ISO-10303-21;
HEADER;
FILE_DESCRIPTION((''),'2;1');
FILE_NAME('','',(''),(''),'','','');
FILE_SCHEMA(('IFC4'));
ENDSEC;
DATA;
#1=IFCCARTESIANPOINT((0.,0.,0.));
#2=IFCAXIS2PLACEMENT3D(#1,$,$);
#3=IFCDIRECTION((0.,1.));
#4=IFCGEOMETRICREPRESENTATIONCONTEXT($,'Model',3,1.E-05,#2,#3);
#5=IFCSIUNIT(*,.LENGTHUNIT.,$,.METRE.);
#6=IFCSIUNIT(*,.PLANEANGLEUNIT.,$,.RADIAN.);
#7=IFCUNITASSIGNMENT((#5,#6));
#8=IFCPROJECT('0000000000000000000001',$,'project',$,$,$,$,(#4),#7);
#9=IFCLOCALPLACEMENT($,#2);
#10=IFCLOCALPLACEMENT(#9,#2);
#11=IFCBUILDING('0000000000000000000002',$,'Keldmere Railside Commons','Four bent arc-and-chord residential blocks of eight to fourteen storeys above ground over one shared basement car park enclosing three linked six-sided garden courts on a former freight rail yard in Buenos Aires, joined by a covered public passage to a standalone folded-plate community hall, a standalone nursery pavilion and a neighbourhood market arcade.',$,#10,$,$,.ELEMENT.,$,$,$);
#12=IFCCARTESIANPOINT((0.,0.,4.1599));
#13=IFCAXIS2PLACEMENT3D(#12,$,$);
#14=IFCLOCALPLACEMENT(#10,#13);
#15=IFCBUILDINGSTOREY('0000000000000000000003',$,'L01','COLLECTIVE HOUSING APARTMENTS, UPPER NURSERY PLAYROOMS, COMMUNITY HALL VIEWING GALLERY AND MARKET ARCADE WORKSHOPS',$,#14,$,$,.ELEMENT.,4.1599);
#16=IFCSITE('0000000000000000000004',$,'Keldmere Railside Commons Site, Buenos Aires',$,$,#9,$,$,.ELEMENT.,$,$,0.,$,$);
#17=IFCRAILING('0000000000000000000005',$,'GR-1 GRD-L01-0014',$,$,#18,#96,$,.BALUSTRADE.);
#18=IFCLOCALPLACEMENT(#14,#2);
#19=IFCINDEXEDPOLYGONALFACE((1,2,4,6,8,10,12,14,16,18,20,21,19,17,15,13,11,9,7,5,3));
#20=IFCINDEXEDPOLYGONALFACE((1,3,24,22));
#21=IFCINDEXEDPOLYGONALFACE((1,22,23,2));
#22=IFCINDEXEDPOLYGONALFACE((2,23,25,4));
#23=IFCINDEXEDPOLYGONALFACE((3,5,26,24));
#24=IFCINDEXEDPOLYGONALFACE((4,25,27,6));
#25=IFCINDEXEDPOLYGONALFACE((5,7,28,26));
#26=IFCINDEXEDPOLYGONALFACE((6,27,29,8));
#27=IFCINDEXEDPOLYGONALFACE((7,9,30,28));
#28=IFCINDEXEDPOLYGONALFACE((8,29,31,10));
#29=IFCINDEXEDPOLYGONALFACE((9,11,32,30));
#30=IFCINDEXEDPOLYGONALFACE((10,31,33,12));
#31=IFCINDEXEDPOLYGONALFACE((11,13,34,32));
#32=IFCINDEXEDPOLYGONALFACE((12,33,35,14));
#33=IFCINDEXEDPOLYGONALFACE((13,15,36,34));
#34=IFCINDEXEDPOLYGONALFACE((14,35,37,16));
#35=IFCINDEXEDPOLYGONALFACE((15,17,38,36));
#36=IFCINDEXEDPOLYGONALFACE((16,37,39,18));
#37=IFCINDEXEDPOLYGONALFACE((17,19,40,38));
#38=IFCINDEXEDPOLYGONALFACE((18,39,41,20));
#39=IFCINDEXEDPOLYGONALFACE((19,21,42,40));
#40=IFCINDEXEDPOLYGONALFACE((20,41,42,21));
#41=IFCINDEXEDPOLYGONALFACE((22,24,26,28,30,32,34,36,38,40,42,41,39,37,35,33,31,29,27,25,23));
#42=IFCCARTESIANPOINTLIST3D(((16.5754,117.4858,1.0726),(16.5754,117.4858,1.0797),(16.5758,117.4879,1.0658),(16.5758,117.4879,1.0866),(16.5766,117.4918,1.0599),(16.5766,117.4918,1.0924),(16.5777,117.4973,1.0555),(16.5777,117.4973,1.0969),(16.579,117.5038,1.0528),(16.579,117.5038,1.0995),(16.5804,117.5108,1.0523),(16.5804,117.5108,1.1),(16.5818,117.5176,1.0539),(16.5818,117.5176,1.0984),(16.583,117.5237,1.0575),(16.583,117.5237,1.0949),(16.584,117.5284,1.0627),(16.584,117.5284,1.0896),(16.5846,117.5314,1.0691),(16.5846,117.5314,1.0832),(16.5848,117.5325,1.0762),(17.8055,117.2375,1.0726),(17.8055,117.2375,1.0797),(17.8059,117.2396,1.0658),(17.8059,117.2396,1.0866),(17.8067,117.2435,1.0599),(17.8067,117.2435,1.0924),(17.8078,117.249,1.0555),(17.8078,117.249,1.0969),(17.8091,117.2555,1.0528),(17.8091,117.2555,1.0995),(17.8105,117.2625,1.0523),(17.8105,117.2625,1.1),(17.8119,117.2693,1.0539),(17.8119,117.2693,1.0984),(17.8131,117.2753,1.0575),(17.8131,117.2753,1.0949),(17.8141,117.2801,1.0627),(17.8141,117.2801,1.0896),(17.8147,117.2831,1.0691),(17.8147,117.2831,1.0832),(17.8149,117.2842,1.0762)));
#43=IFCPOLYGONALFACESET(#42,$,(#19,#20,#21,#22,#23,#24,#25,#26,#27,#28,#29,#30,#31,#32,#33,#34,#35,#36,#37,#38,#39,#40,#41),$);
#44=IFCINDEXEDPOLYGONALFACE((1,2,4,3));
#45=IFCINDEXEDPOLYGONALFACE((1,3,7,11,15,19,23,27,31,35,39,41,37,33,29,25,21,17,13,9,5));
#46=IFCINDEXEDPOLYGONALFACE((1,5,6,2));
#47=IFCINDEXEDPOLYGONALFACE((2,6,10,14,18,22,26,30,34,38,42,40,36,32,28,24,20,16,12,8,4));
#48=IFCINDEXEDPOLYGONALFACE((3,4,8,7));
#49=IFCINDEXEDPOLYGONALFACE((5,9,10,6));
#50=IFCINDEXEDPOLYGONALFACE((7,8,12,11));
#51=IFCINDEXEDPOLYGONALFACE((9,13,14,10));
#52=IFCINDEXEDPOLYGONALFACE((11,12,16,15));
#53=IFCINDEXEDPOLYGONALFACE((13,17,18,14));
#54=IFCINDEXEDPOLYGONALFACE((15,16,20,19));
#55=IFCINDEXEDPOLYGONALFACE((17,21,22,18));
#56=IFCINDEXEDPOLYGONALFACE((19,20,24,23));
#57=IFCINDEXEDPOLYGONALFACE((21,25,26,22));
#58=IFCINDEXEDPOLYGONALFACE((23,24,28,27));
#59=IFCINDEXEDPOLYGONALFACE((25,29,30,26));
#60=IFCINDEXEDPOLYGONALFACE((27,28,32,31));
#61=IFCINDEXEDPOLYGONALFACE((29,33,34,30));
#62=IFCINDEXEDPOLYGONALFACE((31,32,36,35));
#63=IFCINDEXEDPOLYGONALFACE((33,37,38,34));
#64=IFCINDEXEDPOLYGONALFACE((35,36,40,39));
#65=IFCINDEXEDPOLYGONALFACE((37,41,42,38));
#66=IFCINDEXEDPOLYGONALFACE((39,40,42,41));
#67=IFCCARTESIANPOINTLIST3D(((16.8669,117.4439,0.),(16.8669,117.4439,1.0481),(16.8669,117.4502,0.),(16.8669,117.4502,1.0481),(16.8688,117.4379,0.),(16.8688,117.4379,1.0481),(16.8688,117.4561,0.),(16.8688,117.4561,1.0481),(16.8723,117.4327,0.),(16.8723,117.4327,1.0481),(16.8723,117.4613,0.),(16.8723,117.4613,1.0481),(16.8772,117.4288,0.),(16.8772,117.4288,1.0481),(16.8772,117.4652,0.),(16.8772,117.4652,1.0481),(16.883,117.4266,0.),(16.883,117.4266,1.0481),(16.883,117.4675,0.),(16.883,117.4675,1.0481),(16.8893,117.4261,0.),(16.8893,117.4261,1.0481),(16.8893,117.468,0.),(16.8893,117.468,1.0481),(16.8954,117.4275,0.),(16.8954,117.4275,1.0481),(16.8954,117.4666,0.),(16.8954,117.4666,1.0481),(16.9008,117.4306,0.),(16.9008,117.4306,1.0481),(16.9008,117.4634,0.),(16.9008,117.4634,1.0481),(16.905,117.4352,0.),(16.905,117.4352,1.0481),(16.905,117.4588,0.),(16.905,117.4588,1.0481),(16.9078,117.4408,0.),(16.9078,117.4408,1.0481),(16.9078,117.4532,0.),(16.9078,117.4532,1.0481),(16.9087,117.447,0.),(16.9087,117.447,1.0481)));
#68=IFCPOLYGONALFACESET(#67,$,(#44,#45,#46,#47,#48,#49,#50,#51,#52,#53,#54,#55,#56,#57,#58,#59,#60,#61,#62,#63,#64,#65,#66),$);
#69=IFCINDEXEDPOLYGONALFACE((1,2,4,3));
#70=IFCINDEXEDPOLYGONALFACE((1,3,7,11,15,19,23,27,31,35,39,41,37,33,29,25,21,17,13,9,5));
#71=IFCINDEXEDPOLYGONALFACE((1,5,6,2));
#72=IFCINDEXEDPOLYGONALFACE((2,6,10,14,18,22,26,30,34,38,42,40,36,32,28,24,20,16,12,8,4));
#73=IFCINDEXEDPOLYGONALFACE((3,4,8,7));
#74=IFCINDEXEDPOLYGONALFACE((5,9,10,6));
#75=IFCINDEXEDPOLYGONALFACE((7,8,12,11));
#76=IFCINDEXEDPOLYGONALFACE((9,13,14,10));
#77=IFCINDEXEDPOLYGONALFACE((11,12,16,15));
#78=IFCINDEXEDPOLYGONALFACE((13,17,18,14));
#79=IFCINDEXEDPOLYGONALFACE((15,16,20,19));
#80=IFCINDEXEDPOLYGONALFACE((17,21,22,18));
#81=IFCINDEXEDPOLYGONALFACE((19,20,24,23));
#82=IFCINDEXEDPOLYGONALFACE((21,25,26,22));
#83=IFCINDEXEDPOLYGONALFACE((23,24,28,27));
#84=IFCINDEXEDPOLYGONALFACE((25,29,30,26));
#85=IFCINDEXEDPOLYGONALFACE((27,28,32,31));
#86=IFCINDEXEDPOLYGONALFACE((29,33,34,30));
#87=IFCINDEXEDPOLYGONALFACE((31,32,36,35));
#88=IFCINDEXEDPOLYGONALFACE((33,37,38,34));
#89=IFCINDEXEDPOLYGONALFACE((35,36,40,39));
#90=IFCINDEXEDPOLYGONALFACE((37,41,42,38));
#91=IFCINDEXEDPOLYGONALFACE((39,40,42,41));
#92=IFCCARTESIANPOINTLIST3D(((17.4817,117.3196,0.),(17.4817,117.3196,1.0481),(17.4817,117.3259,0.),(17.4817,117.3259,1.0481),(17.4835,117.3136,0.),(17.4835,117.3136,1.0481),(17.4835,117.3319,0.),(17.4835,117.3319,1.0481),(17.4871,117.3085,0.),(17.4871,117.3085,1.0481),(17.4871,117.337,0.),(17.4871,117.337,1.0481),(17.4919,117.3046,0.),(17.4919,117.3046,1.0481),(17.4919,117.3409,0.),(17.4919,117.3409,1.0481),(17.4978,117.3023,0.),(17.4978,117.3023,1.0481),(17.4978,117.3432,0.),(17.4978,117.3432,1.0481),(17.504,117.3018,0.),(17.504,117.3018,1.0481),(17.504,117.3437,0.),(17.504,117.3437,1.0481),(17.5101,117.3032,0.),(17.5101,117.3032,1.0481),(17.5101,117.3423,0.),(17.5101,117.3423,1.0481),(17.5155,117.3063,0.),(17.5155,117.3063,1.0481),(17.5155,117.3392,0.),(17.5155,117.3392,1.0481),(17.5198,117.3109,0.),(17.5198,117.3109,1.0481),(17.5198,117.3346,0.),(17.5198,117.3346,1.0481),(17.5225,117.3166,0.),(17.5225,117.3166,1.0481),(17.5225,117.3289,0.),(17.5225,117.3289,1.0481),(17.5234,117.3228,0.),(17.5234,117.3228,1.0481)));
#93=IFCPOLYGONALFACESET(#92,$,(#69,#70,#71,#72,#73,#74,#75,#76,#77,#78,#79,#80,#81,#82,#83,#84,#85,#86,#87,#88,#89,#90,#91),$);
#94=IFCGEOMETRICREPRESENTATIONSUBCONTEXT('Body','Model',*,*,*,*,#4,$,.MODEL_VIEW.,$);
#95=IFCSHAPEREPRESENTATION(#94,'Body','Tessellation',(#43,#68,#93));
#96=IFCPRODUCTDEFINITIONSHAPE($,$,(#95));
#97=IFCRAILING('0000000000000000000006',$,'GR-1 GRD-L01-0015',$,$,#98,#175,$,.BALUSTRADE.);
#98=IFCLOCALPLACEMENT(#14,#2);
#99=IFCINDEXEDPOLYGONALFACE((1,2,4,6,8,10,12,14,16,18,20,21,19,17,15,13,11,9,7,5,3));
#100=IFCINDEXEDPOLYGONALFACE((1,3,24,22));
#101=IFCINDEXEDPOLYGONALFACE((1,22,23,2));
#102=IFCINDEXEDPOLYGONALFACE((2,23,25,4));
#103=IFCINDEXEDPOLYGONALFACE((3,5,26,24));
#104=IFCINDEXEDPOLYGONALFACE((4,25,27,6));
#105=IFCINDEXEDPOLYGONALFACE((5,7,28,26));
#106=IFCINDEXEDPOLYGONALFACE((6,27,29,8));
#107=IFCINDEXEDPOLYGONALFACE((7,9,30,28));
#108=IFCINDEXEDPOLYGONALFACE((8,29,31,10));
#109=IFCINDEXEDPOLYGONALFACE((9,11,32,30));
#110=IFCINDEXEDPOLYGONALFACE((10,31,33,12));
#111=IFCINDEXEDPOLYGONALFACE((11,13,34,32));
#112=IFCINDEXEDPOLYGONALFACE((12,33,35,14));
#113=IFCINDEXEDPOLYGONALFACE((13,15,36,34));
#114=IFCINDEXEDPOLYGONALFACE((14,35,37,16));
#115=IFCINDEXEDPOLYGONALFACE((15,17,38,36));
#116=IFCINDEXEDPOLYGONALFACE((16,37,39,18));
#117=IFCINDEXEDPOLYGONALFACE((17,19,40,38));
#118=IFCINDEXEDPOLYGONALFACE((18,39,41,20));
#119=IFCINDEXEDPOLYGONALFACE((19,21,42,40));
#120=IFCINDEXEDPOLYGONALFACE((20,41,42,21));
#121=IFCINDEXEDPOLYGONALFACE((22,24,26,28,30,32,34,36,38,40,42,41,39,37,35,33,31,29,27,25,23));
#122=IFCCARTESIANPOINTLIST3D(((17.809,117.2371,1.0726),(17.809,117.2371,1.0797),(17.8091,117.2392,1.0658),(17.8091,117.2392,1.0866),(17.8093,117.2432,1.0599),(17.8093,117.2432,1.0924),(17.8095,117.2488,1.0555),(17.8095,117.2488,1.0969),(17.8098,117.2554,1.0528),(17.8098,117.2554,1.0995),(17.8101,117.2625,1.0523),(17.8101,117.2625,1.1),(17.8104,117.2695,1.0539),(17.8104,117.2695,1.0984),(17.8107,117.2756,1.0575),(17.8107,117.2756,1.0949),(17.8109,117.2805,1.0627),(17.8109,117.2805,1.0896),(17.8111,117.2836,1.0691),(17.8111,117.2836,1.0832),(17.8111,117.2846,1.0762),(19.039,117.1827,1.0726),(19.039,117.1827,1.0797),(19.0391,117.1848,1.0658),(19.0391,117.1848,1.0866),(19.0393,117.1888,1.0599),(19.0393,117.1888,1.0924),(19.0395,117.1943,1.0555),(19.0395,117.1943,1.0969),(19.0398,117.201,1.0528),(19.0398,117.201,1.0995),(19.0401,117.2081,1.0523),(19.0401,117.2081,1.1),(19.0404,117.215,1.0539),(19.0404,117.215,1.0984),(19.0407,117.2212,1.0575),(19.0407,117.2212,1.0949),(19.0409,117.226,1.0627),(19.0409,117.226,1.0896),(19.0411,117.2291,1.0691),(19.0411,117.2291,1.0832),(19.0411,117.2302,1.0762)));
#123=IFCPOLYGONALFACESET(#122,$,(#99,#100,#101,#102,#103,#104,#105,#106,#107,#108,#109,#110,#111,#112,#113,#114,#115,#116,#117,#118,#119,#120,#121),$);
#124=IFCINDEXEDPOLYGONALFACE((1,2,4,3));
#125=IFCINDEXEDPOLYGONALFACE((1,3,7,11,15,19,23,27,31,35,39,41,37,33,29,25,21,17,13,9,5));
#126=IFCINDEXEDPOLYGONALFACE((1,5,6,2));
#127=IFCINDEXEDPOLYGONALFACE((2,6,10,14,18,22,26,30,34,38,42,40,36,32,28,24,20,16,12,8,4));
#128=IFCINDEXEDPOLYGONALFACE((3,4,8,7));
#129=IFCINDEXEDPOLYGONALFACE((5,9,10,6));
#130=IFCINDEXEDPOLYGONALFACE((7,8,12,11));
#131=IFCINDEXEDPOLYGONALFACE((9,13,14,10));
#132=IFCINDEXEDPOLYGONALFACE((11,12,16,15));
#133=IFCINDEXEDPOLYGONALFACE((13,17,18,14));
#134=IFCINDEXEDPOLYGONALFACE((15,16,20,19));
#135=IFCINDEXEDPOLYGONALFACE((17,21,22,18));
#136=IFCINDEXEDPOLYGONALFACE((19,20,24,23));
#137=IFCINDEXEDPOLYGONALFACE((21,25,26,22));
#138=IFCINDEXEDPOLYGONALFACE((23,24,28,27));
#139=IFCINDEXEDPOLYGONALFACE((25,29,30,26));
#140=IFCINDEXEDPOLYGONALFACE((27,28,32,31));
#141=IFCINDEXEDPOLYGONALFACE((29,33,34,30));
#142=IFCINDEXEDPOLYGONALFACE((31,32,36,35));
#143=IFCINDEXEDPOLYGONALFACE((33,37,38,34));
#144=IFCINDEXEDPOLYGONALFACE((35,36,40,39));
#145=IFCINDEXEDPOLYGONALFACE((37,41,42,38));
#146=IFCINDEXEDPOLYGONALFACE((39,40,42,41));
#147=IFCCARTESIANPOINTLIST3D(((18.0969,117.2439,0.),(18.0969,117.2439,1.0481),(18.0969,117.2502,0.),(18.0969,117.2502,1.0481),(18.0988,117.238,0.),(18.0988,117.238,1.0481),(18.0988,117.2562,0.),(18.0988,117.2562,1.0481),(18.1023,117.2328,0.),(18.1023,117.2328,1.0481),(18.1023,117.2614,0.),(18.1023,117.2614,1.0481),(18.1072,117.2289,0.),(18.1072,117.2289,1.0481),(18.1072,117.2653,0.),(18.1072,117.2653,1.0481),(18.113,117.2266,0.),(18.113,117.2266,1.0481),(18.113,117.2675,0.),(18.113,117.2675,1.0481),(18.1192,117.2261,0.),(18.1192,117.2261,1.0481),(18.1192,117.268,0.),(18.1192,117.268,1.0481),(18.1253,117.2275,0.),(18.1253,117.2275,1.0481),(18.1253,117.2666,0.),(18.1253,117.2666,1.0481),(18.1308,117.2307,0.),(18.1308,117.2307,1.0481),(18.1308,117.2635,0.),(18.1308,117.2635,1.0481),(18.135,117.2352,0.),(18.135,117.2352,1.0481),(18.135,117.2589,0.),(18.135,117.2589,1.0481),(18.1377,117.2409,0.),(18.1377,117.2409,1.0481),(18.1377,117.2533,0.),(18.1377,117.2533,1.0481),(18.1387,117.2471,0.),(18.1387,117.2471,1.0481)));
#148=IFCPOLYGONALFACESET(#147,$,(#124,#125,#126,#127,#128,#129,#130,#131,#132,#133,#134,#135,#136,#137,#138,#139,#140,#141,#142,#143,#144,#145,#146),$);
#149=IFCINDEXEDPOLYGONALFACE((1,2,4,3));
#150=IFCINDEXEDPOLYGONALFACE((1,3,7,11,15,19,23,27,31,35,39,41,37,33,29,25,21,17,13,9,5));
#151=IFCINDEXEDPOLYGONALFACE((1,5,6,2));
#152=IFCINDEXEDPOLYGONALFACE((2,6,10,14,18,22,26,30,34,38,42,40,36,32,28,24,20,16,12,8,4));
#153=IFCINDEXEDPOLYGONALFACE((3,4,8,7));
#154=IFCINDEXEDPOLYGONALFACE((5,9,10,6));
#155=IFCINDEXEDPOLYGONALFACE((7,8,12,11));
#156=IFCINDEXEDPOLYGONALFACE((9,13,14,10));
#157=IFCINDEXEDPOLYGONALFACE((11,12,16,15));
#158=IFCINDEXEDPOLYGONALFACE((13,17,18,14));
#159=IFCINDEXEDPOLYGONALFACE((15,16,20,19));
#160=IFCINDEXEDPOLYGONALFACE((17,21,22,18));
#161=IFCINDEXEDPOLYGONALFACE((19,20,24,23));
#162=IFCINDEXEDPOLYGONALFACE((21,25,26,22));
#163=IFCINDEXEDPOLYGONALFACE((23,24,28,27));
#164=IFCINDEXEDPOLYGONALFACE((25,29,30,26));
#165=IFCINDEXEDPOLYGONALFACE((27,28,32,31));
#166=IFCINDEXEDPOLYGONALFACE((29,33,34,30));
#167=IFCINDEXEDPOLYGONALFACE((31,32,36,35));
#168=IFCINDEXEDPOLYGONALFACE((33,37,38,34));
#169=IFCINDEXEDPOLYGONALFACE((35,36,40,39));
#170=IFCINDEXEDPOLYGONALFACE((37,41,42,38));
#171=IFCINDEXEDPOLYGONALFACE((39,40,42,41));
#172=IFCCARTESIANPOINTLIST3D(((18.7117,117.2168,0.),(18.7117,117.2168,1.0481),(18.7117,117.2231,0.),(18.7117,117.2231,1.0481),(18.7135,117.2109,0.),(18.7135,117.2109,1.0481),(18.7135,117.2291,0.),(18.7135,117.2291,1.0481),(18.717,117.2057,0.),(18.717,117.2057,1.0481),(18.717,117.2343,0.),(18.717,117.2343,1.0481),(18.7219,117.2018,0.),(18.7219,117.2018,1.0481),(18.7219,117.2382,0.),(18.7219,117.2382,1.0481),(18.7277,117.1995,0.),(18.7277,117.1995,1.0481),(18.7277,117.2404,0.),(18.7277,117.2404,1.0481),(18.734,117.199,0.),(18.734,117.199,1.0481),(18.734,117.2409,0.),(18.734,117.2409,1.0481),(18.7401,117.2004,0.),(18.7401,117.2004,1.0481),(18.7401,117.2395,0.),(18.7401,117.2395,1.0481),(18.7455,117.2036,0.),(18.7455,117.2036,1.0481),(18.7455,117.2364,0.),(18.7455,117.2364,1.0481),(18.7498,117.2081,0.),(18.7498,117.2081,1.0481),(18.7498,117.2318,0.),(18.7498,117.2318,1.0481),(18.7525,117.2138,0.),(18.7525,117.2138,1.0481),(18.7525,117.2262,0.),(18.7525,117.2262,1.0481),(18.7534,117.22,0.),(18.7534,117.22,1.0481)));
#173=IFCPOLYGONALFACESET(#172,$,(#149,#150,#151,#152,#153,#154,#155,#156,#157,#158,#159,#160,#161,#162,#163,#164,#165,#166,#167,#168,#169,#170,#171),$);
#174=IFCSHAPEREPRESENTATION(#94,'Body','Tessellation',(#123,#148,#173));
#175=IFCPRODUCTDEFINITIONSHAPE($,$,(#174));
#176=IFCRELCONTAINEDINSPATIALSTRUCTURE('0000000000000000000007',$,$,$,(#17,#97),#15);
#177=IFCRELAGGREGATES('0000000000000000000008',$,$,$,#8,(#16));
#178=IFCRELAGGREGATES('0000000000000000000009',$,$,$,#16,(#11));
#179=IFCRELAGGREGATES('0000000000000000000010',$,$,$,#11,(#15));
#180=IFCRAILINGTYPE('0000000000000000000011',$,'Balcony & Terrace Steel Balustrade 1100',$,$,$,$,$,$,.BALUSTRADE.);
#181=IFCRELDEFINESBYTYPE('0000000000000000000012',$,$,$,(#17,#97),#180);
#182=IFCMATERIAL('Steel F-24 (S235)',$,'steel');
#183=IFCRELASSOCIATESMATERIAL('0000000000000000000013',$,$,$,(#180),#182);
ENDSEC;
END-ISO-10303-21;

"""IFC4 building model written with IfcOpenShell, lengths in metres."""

from ifc_helpers import new_model, si_unit, direction, frame, origin, origin_2d, place, context, subcontext, project, spatial, circle, extrude, material, type_object, element, save


model = new_model("IFC4")

# Units and contexts
model_context = context("Model", 3, precision=1e-05, world=origin(), true_north=direction((0.0, 1.0)))
body_context = subcontext(model_context, "Body", "Model", "MODEL_VIEW")
ifc_project = project(units=[si_unit("LENGTHUNIT", "METRE"), si_unit("PLANEANGLEUNIT", "RADIAN")], contexts=[model_context])

# Site, building, storey
site_placement = place(None, origin())
site = spatial("IfcSite", under=ifc_project, at=site_placement, Name="Keldmere Railside Commons Site, Buenos Aires", CompositionType="ELEMENT", RefElevation=0.0)
building_placement = place(site_placement, origin())
building = spatial("IfcBuilding", under=site, at=building_placement, Name="Keldmere Railside Commons", Description="Four bent arc-and-chord residential blocks of eight to fourteen storeys above ground over one shared basement car park enclosing three linked six-sided garden courts on a former freight rail yard in Buenos Aires, joined by a covered public passage to a standalone folded-plate community hall, a standalone nursery pavilion and a neighbourhood market arcade.", CompositionType="ELEMENT")
storey_placement = place(building_placement, frame((0.0, 0.0, 4.1599)))
storey = spatial("IfcBuildingStorey", under=building, at=storey_placement, Name="L01", Description="COLLECTIVE HOUSING APARTMENTS, UPPER NURSERY PLAYROOMS, COMMUNITY HALL VIEWING GALLERY AND MARKET ARCADE WORKSHOPS", CompositionType="ELEMENT", Elevation=4.1599)

# Railings
ifc_material_1 = material(Name="Steel F-24 (S235)", Category="steel")
railing_type = type_object("IfcRailingType", Name="Balcony & Terrace Steel Balustrade 1100", PredefinedType="BALUSTRADE", material=ifc_material_1)
railing_1_placement = place(storey_placement, frame((16.5801, 117.509, 0.0)))
element("IfcRailing", 1, at=railing_1_placement, inside=storey, type_object=railing_type, Name="GR-1 GRD-L01-0014", PredefinedType="BALUSTRADE", context=body_context, shape_type="SweptSolid", body=[
    extrude(circle(Radius=0.0239, at=origin_2d()), frame((0.0, 0.0, 1.0762), z_axis=(0.980227, -0.197874, 0.0), x_axis=(0.197874, 0.980227, 0.0)), (0.0, 0.0, 1.0), 1.2549),
    extrude(circle(Radius=0.021, at=origin_2d()), frame((0.3076, -0.062, 0.0)), (0.0, 0.0, 1.0), 1.0481),
    extrude(circle(Radius=0.021, at=origin_2d()), frame((0.9224, -0.1863, 0.0)), (0.0, 0.0, 1.0), 1.0481),
])
railing_2_placement = place(storey_placement, frame((17.8101, 117.2607, 0.0)))
element("IfcRailing", 2, at=railing_2_placement, inside=storey, type_object=railing_type, Name="GR-1 GRD-L01-0015", PredefinedType="BALUSTRADE", context=body_context, shape_type="SweptSolid", body=[
    extrude(circle(Radius=0.0239, at=origin_2d()), frame((0.0, 0.0, 1.0762), z_axis=(0.999022, -0.04422, 0.0), x_axis=(0.04422, 0.999022, 0.0)), (0.0, 0.0, 1.0), 1.2312),
    extrude(circle(Radius=0.021, at=origin_2d()), frame((0.3076, -0.0137, 0.0)), (0.0, 0.0, 1.0), 1.0481),
    extrude(circle(Radius=0.021, at=origin_2d()), frame((0.9224, -0.0408, 0.0)), (0.0, 0.0, 1.0), 1.0481),
])

save(model, "model.ifc")
